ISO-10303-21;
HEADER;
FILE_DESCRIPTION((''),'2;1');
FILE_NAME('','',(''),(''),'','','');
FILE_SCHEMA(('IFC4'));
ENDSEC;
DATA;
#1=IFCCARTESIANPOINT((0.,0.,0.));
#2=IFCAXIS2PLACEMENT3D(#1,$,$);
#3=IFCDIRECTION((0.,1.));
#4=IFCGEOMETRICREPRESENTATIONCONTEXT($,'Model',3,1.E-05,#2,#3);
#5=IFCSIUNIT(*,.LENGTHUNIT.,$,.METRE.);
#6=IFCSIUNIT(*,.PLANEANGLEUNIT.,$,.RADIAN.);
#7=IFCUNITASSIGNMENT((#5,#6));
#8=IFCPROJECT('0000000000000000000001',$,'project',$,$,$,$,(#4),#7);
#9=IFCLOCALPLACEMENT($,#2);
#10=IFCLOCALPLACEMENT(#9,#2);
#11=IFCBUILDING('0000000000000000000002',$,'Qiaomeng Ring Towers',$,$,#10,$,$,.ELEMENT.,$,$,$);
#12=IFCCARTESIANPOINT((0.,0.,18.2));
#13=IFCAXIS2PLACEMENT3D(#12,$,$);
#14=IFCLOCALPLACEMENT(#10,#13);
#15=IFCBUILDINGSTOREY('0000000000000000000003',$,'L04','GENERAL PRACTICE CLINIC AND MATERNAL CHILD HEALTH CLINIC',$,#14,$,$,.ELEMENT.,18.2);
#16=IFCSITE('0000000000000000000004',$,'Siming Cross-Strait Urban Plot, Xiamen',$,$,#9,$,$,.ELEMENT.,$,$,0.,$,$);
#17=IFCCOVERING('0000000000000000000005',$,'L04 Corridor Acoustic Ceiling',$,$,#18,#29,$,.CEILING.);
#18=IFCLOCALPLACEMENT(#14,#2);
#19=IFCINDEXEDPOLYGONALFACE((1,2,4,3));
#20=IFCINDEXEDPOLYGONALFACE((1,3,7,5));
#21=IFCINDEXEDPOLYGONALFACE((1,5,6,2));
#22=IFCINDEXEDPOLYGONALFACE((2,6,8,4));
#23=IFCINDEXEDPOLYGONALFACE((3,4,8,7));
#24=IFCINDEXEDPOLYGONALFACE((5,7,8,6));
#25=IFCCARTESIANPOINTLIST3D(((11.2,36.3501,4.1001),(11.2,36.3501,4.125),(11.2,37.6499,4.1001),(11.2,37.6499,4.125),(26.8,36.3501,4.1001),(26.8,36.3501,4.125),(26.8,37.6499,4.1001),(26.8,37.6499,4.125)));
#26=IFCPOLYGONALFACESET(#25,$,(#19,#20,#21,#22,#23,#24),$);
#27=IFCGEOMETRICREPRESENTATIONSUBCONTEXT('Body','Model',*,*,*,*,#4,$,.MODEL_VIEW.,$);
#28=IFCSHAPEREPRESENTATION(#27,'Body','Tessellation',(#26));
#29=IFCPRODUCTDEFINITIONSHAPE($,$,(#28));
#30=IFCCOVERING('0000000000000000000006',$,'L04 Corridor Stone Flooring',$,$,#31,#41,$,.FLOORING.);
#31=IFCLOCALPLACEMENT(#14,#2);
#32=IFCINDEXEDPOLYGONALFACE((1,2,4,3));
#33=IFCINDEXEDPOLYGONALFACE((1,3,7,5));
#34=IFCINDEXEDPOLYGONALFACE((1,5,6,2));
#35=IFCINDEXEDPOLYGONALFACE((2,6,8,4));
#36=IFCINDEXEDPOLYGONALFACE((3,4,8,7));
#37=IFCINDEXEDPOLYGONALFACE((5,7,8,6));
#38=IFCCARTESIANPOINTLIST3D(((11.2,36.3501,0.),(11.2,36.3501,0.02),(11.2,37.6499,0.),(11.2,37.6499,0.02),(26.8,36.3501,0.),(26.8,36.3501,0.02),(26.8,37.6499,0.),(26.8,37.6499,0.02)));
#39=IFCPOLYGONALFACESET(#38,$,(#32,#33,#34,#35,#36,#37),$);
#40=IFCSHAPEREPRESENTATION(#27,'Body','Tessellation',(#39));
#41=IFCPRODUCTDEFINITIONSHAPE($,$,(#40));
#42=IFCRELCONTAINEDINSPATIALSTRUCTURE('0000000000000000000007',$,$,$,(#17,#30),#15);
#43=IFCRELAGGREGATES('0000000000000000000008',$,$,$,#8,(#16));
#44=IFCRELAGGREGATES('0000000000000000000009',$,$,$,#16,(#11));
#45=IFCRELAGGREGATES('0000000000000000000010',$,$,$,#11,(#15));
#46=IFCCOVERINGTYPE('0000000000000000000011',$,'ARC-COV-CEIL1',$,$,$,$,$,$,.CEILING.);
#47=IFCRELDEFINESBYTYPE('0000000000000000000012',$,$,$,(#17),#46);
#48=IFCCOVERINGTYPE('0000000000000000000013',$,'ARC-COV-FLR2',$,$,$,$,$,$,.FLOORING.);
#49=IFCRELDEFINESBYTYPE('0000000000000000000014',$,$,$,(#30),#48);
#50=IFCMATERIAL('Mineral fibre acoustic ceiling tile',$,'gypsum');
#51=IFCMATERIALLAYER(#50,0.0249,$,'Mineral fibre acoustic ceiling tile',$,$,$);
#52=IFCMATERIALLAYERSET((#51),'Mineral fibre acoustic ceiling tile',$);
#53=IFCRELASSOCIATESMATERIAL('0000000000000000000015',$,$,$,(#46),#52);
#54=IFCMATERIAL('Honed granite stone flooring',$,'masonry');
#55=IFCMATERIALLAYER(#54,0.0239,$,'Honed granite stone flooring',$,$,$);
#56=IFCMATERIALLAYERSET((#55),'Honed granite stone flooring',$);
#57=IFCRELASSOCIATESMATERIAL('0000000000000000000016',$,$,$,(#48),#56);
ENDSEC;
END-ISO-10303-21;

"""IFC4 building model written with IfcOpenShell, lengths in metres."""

from ifc_helpers import new_model, si_unit, direction, frame, origin, place, context, subcontext, project, spatial, polyline, outline, extrude, material, layer, layer_set, type_object, element, save


model = new_model("IFC4")

# Units and contexts
model_context = context("Model", 3, precision=1e-05, world=origin(), true_north=direction((0.0, 1.0)))
body_context = subcontext(model_context, "Body", "Model", "MODEL_VIEW")
ifc_project = project(units=[si_unit("LENGTHUNIT", "METRE"), si_unit("PLANEANGLEUNIT", "RADIAN")], contexts=[model_context])

# Site, building, storey
site_placement = place(None, origin())
site = spatial("IfcSite", under=ifc_project, at=site_placement, Name="Siming Cross-Strait Urban Plot, Xiamen", CompositionType="ELEMENT", RefElevation=0.0)
building_placement = place(site_placement, origin())
building = spatial("IfcBuilding", under=site, at=building_placement, Name="Qiaomeng Ring Towers", CompositionType="ELEMENT")
storey_placement = place(building_placement, frame((0.0, 0.0, 18.2)))
storey = spatial("IfcBuildingStorey", under=building, at=storey_placement, Name="L04", Description="GENERAL PRACTICE CLINIC AND MATERNAL CHILD HEALTH CLINIC", CompositionType="ELEMENT", Elevation=18.2)

# Coverings
ifc_material_1 = material(Name="Mineral fibre acoustic ceiling tile", Category="gypsum")
ifc_layer_1 = layer(ifc_material_1, 0.0249, Name="Mineral fibre acoustic ceiling tile")
ifc_layer_set_1 = layer_set([ifc_layer_1], Name="Mineral fibre acoustic ceiling tile")
covering_type_1 = type_object("IfcCoveringType", Name="ARC-COV-CEIL1", PredefinedType="CEILING", material=ifc_layer_set_1)
covering_1_placement = place(storey_placement, frame((0.0, 0.0, 4.1001)))
element("IfcCovering", 1, at=covering_1_placement, inside=storey, type_object=covering_type_1, Name="L04 Corridor Acoustic Ceiling", PredefinedType="CEILING", context=body_context, shape_type="SweptSolid", body=[
    extrude(outline(polyline([(11.2, 36.3501), (11.2, 37.6499), (26.8, 37.6499), (26.8, 36.3501), (11.2, 36.3501)])), origin(), (0.0, 0.0, 1.0), 0.0249),
])
ifc_material_2 = material(Name="Honed granite stone flooring", Category="masonry")
ifc_layer_2 = layer(ifc_material_2, 0.0239, Name="Honed granite stone flooring")
ifc_layer_set_2 = layer_set([ifc_layer_2], Name="Honed granite stone flooring")
covering_type_2 = type_object("IfcCoveringType", Name="ARC-COV-FLR2", PredefinedType="FLOORING", material=ifc_layer_set_2)
covering_2_placement = place(storey_placement, origin())
element("IfcCovering", 2, at=covering_2_placement, inside=storey, type_object=covering_type_2, Name="L04 Corridor Stone Flooring", PredefinedType="FLOORING", context=body_context, shape_type="SweptSolid", body=[
    extrude(outline(polyline([(11.2, 36.3501), (11.2, 37.6499), (26.8, 37.6499), (26.8, 36.3501), (11.2, 36.3501)])), origin(), (0.0, 0.0, 1.0), 0.02),
])

save(model, "model.ifc")
